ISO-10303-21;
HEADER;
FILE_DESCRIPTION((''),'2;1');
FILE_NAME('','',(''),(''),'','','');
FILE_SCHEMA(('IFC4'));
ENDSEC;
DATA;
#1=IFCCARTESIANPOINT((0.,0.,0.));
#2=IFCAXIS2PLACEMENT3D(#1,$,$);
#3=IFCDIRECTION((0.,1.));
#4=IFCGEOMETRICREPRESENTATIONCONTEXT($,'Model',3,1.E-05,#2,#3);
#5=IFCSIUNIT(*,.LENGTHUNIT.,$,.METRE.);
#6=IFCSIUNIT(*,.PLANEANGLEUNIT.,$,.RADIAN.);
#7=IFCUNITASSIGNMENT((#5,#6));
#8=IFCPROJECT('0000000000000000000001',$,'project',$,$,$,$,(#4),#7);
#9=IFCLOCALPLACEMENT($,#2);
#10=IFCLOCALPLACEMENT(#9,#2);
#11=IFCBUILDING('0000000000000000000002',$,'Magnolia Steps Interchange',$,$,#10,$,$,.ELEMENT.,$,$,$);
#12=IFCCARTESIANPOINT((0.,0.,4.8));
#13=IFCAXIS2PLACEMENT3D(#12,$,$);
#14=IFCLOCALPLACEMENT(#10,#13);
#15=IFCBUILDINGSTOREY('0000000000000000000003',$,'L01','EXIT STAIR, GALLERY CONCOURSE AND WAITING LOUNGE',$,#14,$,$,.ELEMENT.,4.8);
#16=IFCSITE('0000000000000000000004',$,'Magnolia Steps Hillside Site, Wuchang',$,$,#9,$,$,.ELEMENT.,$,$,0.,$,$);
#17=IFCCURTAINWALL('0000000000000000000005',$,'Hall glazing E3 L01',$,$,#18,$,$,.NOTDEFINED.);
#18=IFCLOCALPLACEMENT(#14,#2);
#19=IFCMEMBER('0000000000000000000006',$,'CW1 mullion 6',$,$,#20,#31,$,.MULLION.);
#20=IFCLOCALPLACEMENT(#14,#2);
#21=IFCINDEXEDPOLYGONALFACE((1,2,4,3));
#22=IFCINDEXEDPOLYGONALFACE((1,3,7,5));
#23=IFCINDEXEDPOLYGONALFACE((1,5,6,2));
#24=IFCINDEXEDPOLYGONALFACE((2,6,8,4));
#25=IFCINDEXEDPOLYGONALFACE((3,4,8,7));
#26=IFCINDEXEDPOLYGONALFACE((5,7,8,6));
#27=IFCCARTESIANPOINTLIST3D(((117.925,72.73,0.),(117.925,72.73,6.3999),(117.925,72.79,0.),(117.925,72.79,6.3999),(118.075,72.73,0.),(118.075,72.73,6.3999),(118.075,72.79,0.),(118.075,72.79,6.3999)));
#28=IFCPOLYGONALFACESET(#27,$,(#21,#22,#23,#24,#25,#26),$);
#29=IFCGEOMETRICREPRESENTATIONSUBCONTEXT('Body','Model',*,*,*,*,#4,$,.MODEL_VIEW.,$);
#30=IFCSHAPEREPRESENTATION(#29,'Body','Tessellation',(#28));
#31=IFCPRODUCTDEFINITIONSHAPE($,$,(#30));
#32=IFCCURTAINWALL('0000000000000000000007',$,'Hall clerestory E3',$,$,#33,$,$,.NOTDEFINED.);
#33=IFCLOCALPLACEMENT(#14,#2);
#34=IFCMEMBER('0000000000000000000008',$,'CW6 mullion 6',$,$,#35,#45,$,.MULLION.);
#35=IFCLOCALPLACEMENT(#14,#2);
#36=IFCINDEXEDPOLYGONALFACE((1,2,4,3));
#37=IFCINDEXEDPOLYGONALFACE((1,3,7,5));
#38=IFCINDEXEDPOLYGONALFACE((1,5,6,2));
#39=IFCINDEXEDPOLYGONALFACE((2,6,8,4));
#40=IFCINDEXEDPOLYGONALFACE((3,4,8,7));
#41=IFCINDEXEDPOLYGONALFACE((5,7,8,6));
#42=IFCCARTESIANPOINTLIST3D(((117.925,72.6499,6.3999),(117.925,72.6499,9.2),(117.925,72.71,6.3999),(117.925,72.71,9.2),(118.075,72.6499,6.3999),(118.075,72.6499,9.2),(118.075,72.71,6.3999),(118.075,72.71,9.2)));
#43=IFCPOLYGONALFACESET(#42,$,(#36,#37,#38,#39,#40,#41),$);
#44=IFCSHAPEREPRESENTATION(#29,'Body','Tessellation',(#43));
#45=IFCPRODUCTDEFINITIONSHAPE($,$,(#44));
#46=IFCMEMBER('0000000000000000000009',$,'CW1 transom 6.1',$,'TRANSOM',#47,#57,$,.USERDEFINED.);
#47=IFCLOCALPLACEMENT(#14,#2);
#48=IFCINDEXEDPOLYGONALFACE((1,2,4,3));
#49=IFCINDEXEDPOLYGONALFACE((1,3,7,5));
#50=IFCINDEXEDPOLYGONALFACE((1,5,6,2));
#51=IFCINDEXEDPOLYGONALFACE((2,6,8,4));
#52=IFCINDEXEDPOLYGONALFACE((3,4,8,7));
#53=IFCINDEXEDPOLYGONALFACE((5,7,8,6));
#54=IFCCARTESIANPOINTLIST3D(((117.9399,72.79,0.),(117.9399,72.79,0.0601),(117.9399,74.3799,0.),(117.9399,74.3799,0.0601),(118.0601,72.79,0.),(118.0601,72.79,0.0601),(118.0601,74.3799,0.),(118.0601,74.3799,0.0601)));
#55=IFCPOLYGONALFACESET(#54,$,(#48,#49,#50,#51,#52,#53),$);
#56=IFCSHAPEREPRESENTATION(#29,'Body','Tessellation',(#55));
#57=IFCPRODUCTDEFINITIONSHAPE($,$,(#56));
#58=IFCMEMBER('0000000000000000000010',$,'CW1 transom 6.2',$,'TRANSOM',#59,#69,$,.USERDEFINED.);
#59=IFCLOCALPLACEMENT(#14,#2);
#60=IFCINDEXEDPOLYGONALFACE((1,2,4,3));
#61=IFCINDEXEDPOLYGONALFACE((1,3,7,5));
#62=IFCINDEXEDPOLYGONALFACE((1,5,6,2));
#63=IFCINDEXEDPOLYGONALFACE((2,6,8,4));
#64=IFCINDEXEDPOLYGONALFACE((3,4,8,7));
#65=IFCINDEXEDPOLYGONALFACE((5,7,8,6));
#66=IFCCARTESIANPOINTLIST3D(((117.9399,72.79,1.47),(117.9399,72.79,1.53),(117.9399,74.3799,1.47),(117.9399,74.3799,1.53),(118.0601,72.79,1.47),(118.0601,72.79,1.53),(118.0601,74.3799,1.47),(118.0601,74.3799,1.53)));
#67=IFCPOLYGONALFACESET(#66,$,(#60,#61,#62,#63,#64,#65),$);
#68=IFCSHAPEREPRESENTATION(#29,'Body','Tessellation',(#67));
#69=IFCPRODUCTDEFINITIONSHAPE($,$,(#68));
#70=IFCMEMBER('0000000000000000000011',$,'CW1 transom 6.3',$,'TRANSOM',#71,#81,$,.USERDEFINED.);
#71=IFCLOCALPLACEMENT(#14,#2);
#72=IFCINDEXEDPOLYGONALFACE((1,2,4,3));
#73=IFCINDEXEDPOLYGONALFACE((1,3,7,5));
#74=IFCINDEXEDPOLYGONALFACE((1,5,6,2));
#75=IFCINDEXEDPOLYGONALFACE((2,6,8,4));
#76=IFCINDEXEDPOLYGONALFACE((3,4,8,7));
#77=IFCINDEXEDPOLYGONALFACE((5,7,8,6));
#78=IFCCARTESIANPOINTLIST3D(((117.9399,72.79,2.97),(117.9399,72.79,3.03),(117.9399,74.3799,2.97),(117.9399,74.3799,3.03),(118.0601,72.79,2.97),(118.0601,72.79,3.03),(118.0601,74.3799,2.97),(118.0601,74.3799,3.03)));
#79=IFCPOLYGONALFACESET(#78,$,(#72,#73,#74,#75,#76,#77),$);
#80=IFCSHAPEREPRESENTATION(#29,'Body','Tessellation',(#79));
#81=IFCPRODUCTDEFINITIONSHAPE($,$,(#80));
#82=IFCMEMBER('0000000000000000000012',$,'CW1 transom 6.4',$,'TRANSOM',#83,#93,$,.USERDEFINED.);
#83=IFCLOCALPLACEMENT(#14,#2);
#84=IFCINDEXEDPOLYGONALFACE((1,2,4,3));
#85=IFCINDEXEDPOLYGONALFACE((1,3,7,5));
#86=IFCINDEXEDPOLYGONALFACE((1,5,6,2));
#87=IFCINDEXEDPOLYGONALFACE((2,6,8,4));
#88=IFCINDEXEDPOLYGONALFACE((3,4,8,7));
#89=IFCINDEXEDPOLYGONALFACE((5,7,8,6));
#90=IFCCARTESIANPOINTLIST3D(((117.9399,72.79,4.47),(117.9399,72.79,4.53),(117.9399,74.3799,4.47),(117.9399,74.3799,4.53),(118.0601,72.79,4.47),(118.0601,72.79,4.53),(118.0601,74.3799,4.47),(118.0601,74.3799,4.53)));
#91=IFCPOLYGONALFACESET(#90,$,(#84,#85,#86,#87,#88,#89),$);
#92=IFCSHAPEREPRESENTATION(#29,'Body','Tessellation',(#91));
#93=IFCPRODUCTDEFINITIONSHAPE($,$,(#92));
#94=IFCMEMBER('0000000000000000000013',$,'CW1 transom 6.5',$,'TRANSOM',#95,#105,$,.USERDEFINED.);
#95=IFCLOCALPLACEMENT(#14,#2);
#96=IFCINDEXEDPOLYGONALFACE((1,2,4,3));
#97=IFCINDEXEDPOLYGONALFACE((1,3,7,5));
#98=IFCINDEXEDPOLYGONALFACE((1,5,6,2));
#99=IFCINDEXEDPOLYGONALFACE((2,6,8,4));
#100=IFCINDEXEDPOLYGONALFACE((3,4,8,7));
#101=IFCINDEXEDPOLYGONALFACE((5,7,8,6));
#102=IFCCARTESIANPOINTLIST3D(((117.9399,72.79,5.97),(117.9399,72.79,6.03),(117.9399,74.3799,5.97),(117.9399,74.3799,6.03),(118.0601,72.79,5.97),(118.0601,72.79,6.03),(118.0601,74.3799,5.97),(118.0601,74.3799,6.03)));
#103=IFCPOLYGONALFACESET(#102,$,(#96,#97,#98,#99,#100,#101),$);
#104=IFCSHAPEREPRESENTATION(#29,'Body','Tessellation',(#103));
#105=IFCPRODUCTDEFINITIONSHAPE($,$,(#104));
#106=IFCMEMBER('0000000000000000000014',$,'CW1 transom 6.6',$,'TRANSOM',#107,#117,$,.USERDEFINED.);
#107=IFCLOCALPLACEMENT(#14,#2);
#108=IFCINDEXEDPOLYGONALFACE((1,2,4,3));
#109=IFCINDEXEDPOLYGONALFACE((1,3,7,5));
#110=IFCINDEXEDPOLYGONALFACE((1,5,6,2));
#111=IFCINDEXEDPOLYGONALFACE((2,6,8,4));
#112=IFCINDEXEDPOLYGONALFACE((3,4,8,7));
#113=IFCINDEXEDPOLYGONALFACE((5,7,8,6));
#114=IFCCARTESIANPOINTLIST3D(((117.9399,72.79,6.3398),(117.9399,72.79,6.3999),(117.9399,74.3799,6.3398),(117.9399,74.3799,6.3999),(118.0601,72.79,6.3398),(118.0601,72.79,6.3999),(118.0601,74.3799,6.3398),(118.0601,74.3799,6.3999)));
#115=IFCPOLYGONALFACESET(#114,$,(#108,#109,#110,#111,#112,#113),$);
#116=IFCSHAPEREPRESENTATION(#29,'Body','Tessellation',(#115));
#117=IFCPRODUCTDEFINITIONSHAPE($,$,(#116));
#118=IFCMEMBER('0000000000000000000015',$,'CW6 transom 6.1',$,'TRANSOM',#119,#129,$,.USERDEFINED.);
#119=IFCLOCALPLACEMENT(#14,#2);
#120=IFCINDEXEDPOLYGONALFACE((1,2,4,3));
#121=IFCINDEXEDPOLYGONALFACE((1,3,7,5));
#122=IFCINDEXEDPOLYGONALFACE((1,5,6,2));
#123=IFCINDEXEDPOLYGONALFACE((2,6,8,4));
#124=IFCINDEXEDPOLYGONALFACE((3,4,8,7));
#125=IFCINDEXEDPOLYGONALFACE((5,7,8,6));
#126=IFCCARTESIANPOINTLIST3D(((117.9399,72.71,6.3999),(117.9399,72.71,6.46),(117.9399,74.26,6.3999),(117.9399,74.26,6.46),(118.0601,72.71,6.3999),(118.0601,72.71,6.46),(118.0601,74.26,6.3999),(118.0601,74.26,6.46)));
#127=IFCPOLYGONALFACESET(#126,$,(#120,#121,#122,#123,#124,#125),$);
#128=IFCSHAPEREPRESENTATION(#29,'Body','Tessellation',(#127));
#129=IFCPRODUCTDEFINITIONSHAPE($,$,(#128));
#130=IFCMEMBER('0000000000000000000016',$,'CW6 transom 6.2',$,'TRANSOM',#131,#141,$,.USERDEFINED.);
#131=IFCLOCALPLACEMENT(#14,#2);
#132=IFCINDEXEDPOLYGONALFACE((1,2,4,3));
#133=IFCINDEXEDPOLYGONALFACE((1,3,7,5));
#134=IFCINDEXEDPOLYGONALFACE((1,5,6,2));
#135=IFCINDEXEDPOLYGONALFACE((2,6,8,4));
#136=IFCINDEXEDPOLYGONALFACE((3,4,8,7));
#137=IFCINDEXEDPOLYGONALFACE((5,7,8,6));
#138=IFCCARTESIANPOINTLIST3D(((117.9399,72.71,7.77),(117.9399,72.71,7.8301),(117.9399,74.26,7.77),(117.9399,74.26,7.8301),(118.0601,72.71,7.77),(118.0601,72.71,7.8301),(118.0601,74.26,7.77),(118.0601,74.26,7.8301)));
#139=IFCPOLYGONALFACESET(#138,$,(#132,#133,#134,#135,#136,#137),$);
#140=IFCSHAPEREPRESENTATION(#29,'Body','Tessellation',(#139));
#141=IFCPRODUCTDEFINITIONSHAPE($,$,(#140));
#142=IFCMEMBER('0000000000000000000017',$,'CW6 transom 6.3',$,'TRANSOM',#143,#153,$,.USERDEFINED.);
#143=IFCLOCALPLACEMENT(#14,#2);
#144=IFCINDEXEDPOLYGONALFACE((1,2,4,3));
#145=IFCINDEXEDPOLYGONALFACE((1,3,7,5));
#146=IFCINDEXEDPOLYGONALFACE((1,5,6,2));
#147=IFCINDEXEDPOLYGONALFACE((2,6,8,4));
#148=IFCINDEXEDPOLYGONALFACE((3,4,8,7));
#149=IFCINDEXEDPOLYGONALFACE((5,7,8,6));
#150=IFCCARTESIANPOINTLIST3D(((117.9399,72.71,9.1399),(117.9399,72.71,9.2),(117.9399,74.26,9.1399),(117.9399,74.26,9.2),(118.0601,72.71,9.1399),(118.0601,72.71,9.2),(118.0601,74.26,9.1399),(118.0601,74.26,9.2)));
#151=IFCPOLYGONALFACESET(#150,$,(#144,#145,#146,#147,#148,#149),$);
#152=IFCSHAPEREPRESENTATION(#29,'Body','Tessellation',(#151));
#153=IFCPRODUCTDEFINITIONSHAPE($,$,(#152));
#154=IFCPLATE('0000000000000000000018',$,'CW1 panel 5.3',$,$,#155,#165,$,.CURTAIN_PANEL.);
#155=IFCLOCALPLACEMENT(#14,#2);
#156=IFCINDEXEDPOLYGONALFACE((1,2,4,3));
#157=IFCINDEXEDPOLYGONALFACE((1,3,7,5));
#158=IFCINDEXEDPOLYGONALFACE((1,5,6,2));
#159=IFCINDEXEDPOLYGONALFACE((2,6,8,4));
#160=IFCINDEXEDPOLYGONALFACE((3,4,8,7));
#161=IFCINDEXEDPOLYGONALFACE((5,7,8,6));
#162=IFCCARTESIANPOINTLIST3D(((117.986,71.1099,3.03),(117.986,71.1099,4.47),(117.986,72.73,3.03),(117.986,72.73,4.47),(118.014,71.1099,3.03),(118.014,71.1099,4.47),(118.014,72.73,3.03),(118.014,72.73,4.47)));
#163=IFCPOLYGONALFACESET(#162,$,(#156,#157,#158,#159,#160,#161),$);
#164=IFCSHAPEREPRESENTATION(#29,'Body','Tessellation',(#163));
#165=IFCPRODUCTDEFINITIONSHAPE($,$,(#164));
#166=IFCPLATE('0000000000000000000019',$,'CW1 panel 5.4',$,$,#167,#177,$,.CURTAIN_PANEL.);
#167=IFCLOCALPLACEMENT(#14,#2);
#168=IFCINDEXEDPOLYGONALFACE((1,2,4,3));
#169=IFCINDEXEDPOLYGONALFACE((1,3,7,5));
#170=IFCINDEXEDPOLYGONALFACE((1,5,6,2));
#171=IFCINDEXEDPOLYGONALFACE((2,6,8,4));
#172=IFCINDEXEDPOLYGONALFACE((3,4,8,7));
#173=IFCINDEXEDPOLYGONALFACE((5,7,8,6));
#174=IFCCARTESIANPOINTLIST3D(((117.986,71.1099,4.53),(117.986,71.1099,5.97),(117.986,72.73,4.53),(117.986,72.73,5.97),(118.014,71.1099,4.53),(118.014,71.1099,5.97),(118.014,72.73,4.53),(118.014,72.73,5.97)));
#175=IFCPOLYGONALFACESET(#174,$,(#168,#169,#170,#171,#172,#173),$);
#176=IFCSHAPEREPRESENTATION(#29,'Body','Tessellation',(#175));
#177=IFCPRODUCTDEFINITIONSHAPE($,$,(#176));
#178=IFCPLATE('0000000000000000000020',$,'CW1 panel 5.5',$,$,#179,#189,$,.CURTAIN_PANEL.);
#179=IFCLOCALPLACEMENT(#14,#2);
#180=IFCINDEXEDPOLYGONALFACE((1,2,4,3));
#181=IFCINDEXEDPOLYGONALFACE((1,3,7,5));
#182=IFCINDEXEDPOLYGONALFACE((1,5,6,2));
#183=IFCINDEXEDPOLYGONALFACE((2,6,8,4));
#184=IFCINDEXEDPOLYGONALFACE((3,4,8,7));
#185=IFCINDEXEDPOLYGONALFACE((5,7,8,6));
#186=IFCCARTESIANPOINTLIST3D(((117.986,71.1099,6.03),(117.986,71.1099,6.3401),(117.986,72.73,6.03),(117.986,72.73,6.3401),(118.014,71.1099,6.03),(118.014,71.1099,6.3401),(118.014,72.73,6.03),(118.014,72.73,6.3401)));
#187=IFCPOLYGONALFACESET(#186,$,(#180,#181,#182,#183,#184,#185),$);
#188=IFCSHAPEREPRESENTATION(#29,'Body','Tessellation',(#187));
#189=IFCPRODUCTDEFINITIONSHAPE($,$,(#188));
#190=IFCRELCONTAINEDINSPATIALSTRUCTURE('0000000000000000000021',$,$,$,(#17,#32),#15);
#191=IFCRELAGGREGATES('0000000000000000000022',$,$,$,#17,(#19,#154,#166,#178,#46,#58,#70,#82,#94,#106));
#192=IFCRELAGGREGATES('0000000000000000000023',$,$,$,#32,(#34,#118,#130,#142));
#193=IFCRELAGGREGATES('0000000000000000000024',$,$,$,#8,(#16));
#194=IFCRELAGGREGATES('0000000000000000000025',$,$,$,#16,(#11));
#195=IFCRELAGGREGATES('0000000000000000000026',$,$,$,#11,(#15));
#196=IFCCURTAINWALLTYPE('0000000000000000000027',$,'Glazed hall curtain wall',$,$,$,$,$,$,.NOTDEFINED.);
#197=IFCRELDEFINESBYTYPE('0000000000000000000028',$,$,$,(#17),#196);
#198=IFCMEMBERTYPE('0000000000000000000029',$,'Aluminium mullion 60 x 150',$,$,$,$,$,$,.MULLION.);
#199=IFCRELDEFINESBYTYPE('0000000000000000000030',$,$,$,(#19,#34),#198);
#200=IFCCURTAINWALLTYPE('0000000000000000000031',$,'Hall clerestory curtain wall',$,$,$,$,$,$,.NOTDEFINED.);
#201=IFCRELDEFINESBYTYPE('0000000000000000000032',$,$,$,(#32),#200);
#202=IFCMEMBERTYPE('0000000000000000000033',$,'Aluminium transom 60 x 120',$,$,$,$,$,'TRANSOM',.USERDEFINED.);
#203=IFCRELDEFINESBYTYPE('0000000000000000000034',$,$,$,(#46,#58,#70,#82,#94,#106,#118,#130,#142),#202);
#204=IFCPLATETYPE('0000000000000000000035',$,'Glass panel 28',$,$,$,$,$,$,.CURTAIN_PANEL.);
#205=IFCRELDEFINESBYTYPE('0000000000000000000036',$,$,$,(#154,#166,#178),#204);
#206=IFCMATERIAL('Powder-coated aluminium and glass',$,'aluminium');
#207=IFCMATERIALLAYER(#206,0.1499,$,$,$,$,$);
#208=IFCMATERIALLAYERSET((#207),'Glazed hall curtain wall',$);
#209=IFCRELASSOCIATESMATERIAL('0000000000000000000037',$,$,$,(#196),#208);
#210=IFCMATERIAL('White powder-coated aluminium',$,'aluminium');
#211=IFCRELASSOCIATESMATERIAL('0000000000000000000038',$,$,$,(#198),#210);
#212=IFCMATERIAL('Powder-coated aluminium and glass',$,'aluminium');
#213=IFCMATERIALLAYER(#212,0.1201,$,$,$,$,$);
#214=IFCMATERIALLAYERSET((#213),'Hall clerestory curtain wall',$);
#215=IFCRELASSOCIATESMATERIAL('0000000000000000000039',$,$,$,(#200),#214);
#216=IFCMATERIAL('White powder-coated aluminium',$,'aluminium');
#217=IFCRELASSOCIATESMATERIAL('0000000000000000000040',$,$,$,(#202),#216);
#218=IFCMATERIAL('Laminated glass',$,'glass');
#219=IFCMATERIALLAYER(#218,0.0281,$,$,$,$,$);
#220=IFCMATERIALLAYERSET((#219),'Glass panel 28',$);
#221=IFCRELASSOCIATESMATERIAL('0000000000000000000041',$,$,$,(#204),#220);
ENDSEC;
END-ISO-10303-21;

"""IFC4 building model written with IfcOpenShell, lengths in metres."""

from ifc_helpers import new_model, si_unit, direction, frame, origin, origin_2d, place, context, subcontext, project, spatial, rectangle, extrude, material, layer, layer_set, material_profile, profile_set, type_object, element, aggregate, save


model = new_model("IFC4")

# Units and contexts
model_context = context("Model", 3, precision=1e-05, world=origin(), true_north=direction((0.0, 1.0)))
body_context = subcontext(model_context, "Body", "Model", "MODEL_VIEW")
ifc_project = project(units=[si_unit("LENGTHUNIT", "METRE"), si_unit("PLANEANGLEUNIT", "RADIAN")], contexts=[model_context])

# Site, building, storey
site_placement = place(None, origin())
site = spatial("IfcSite", under=ifc_project, at=site_placement, Name="Magnolia Steps Hillside Site, Wuchang", CompositionType="ELEMENT", RefElevation=0.0)
building_placement = place(site_placement, origin())
building = spatial("IfcBuilding", under=site, at=building_placement, Name="Magnolia Steps Interchange", CompositionType="ELEMENT")
storey_placement = place(building_placement, frame((0.0, 0.0, 4.8)))
storey = spatial("IfcBuildingStorey", under=building, at=storey_placement, Name="L01", Description="EXIT STAIR, GALLERY CONCOURSE AND WAITING LOUNGE", CompositionType="ELEMENT", Elevation=4.8)

# Curtain walls, members
ifc_material_1 = material(Name="Powder-coated aluminium and glass", Category="aluminium")
ifc_layer_1 = layer(ifc_material_1, 0.1499)
ifc_layer_set_1 = layer_set([ifc_layer_1], Name="Glazed hall curtain wall")
curtain_wall_type_1 = type_object("IfcCurtainWallType", Name="Glazed hall curtain wall", PredefinedType="NOTDEFINED", material=ifc_layer_set_1)
curtain_wall_1_placement = place(storey_placement, origin())
curtain_wall_1 = element("IfcCurtainWall", 1, at=curtain_wall_1_placement, inside=storey, type_object=curtain_wall_type_1, Name="Hall glazing E3 L01", PredefinedType="NOTDEFINED")
ifc_material_2 = material(Name="White powder-coated aluminium", Category="aluminium")
ifc_material_profile_1 = material_profile(ifc_material_2, rectangle(XDim=0.0601, YDim=0.1499, at=origin_2d()), Name="Aluminium mullion 60 x 150")
ifc_profile_set_1 = profile_set([ifc_material_profile_1], Name="White powder-coated aluminium")
member_type_1 = type_object("IfcMemberType", Name="Aluminium mullion 60 x 150", PredefinedType="MULLION", material=ifc_profile_set_1)
member_1_placement = place(storey_placement, frame((118.0, 72.76, 0.0), z_axis=(0.0, 0.0, 1.0), x_axis=(0.0, 1.0, 0.0)))
member_1 = element("IfcMember", 2, at=member_1_placement, type_object=member_type_1, Name="CW1 mullion 6", PredefinedType="MULLION", context=body_context, shape_type="SweptSolid", body=[
    extrude(rectangle(XDim=0.0601, YDim=0.1499, at=origin_2d()), origin(), (0.0, 0.0, 1.0), 6.3999),
])
ifc_material_3 = material(Name="Powder-coated aluminium and glass", Category="aluminium")
ifc_layer_2 = layer(ifc_material_3, 0.1201)
ifc_layer_set_2 = layer_set([ifc_layer_2], Name="Hall clerestory curtain wall")
curtain_wall_type_2 = type_object("IfcCurtainWallType", Name="Hall clerestory curtain wall", PredefinedType="NOTDEFINED", material=ifc_layer_set_2)
curtain_wall_2_placement = place(storey_placement, origin())
curtain_wall_2 = element("IfcCurtainWall", 3, at=curtain_wall_2_placement, inside=storey, type_object=curtain_wall_type_2, Name="Hall clerestory E3", PredefinedType="NOTDEFINED")
member_2_placement = place(storey_placement, frame((118.0, 72.6799, 6.3999), z_axis=(0.0, 0.0, 1.0), x_axis=(0.0, 1.0, 0.0)))
member_2 = element("IfcMember", 4, at=member_2_placement, type_object=member_type_1, Name="CW6 mullion 6", PredefinedType="MULLION", context=body_context, shape_type="SweptSolid", body=[
    extrude(rectangle(XDim=0.0601, YDim=0.1499, at=origin_2d()), origin(), (0.0, 0.0, 1.0), 2.8),
])

# Members
ifc_material_4 = material(Name="White powder-coated aluminium", Category="aluminium")
ifc_material_profile_2 = material_profile(ifc_material_4, rectangle(XDim=0.0601, YDim=0.1201, at=origin_2d()), Name="Aluminium transom 60 x 120")
ifc_profile_set_2 = profile_set([ifc_material_profile_2], Name="White powder-coated aluminium")
member_type_2 = type_object("IfcMemberType", Name="Aluminium transom 60 x 120", ElementType="TRANSOM", PredefinedType="USERDEFINED", material=ifc_profile_set_2)
member_3_placement = place(storey_placement, frame((118.0, 72.79, 0.03), z_axis=(0.0, 1.0, 0.0), x_axis=(0.0, 0.0, 1.0)))
member_3 = element("IfcMember", 5, at=member_3_placement, type_object=member_type_2, Name="CW1 transom 6.1", ObjectType="TRANSOM", PredefinedType="USERDEFINED", context=body_context, shape_type="SweptSolid", body=[
    extrude(rectangle(XDim=0.0601, YDim=0.1201, at=origin_2d()), origin(), (0.0, 0.0, 1.0), 1.5898),
])
member_4_placement = place(storey_placement, frame((118.0, 72.79, 1.5), z_axis=(0.0, 1.0, 0.0), x_axis=(0.0, 0.0, 1.0)))
member_4 = element("IfcMember", 6, at=member_4_placement, type_object=member_type_2, Name="CW1 transom 6.2", ObjectType="TRANSOM", PredefinedType="USERDEFINED", context=body_context, shape_type="SweptSolid", body=[
    extrude(rectangle(XDim=0.0601, YDim=0.1201, at=origin_2d()), origin(), (0.0, 0.0, 1.0), 1.5898),
])
member_5_placement = place(storey_placement, frame((118.0, 72.79, 3.0), z_axis=(0.0, 1.0, 0.0), x_axis=(0.0, 0.0, 1.0)))
member_5 = element("IfcMember", 7, at=member_5_placement, type_object=member_type_2, Name="CW1 transom 6.3", ObjectType="TRANSOM", PredefinedType="USERDEFINED", context=body_context, shape_type="SweptSolid", body=[
    extrude(rectangle(XDim=0.0601, YDim=0.1201, at=origin_2d()), origin(), (0.0, 0.0, 1.0), 1.5898),
])
member_6_placement = place(storey_placement, frame((118.0, 72.79, 4.5), z_axis=(0.0, 1.0, 0.0), x_axis=(0.0, 0.0, 1.0)))
member_6 = element("IfcMember", 8, at=member_6_placement, type_object=member_type_2, Name="CW1 transom 6.4", ObjectType="TRANSOM", PredefinedType="USERDEFINED", context=body_context, shape_type="SweptSolid", body=[
    extrude(rectangle(XDim=0.0601, YDim=0.1201, at=origin_2d()), origin(), (0.0, 0.0, 1.0), 1.5898),
])
member_7_placement = place(storey_placement, frame((118.0, 72.79, 6.0), z_axis=(0.0, 1.0, 0.0), x_axis=(0.0, 0.0, 1.0)))
member_7 = element("IfcMember", 9, at=member_7_placement, type_object=member_type_2, Name="CW1 transom 6.5", ObjectType="TRANSOM", PredefinedType="USERDEFINED", context=body_context, shape_type="SweptSolid", body=[
    extrude(rectangle(XDim=0.0601, YDim=0.1201, at=origin_2d()), origin(), (0.0, 0.0, 1.0), 1.5898),
])
member_8_placement = place(storey_placement, frame((118.0, 72.79, 6.3699), z_axis=(0.0, 1.0, 0.0), x_axis=(0.0, 0.0, 1.0)))
member_8 = element("IfcMember", 10, at=member_8_placement, type_object=member_type_2, Name="CW1 transom 6.6", ObjectType="TRANSOM", PredefinedType="USERDEFINED", context=body_context, shape_type="SweptSolid", body=[
    extrude(rectangle(XDim=0.0601, YDim=0.1201, at=origin_2d()), origin(), (0.0, 0.0, 1.0), 1.5898),
])
member_9_placement = place(storey_placement, frame((118.0, 72.71, 6.4299), z_axis=(0.0, 1.0, 0.0), x_axis=(0.0, 0.0, 1.0)))
member_9 = element("IfcMember", 11, at=member_9_placement, type_object=member_type_2, Name="CW6 transom 6.1", ObjectType="TRANSOM", PredefinedType="USERDEFINED", context=body_context, shape_type="SweptSolid", body=[
    extrude(rectangle(XDim=0.0601, YDim=0.1201, at=origin_2d()), origin(), (0.0, 0.0, 1.0), 1.55),
])
member_10_placement = place(storey_placement, frame((118.0, 72.71, 7.8), z_axis=(0.0, 1.0, 0.0), x_axis=(0.0, 0.0, 1.0)))
member_10 = element("IfcMember", 12, at=member_10_placement, type_object=member_type_2, Name="CW6 transom 6.2", ObjectType="TRANSOM", PredefinedType="USERDEFINED", context=body_context, shape_type="SweptSolid", body=[
    extrude(rectangle(XDim=0.0601, YDim=0.1201, at=origin_2d()), origin(), (0.0, 0.0, 1.0), 1.55),
])
member_11_placement = place(storey_placement, frame((118.0, 72.71, 9.1699), z_axis=(0.0, 1.0, 0.0), x_axis=(0.0, 0.0, 1.0)))
member_11 = element("IfcMember", 13, at=member_11_placement, type_object=member_type_2, Name="CW6 transom 6.3", ObjectType="TRANSOM", PredefinedType="USERDEFINED", context=body_context, shape_type="SweptSolid", body=[
    extrude(rectangle(XDim=0.0601, YDim=0.1201, at=origin_2d()), origin(), (0.0, 0.0, 1.0), 1.55),
])

# Plates
ifc_material_5 = material(Name="Laminated glass", Category="glass")
ifc_layer_3 = layer(ifc_material_5, 0.0281)
ifc_layer_set_3 = layer_set([ifc_layer_3], Name="Glass panel 28")
plate_type = type_object("IfcPlateType", Name="Glass panel 28", PredefinedType="CURTAIN_PANEL", material=ifc_layer_set_3)
plate_1_placement = place(storey_placement, frame((118.0, 71.9199, 3.03), z_axis=(0.0, 0.0, 1.0), x_axis=(0.0, 1.0, 0.0)))
plate_1 = element("IfcPlate", 14, at=plate_1_placement, type_object=plate_type, Name="CW1 panel 5.3", PredefinedType="CURTAIN_PANEL", context=body_context, shape_type="SweptSolid", body=[
    extrude(rectangle(XDim=1.6201, YDim=0.0281, at=origin_2d()), origin(), (0.0, 0.0, 1.0), 1.4399),
])
plate_2_placement = place(storey_placement, frame((118.0, 71.9199, 4.53), z_axis=(0.0, 0.0, 1.0), x_axis=(0.0, 1.0, 0.0)))
plate_2 = element("IfcPlate", 15, at=plate_2_placement, type_object=plate_type, Name="CW1 panel 5.4", PredefinedType="CURTAIN_PANEL", context=body_context, shape_type="SweptSolid", body=[
    extrude(rectangle(XDim=1.6201, YDim=0.0281, at=origin_2d()), origin(), (0.0, 0.0, 1.0), 1.4399),
])
plate_3_placement = place(storey_placement, frame((118.0, 71.9199, 6.03), z_axis=(0.0, 0.0, 1.0), x_axis=(0.0, 1.0, 0.0)))
plate_3 = element("IfcPlate", 16, at=plate_3_placement, type_object=plate_type, Name="CW1 panel 5.5", PredefinedType="CURTAIN_PANEL", context=body_context, shape_type="SweptSolid", body=[
    extrude(rectangle(XDim=1.6201, YDim=0.0281, at=origin_2d()), origin(), (0.0, 0.0, 1.0), 0.3101),
])
aggregate(curtain_wall_1, [member_1, plate_1, plate_2, plate_3, member_3, member_4, member_5, member_6, member_7, member_8])
aggregate(curtain_wall_2, [member_2, member_9, member_10, member_11])

save(model, "model.ifc")
